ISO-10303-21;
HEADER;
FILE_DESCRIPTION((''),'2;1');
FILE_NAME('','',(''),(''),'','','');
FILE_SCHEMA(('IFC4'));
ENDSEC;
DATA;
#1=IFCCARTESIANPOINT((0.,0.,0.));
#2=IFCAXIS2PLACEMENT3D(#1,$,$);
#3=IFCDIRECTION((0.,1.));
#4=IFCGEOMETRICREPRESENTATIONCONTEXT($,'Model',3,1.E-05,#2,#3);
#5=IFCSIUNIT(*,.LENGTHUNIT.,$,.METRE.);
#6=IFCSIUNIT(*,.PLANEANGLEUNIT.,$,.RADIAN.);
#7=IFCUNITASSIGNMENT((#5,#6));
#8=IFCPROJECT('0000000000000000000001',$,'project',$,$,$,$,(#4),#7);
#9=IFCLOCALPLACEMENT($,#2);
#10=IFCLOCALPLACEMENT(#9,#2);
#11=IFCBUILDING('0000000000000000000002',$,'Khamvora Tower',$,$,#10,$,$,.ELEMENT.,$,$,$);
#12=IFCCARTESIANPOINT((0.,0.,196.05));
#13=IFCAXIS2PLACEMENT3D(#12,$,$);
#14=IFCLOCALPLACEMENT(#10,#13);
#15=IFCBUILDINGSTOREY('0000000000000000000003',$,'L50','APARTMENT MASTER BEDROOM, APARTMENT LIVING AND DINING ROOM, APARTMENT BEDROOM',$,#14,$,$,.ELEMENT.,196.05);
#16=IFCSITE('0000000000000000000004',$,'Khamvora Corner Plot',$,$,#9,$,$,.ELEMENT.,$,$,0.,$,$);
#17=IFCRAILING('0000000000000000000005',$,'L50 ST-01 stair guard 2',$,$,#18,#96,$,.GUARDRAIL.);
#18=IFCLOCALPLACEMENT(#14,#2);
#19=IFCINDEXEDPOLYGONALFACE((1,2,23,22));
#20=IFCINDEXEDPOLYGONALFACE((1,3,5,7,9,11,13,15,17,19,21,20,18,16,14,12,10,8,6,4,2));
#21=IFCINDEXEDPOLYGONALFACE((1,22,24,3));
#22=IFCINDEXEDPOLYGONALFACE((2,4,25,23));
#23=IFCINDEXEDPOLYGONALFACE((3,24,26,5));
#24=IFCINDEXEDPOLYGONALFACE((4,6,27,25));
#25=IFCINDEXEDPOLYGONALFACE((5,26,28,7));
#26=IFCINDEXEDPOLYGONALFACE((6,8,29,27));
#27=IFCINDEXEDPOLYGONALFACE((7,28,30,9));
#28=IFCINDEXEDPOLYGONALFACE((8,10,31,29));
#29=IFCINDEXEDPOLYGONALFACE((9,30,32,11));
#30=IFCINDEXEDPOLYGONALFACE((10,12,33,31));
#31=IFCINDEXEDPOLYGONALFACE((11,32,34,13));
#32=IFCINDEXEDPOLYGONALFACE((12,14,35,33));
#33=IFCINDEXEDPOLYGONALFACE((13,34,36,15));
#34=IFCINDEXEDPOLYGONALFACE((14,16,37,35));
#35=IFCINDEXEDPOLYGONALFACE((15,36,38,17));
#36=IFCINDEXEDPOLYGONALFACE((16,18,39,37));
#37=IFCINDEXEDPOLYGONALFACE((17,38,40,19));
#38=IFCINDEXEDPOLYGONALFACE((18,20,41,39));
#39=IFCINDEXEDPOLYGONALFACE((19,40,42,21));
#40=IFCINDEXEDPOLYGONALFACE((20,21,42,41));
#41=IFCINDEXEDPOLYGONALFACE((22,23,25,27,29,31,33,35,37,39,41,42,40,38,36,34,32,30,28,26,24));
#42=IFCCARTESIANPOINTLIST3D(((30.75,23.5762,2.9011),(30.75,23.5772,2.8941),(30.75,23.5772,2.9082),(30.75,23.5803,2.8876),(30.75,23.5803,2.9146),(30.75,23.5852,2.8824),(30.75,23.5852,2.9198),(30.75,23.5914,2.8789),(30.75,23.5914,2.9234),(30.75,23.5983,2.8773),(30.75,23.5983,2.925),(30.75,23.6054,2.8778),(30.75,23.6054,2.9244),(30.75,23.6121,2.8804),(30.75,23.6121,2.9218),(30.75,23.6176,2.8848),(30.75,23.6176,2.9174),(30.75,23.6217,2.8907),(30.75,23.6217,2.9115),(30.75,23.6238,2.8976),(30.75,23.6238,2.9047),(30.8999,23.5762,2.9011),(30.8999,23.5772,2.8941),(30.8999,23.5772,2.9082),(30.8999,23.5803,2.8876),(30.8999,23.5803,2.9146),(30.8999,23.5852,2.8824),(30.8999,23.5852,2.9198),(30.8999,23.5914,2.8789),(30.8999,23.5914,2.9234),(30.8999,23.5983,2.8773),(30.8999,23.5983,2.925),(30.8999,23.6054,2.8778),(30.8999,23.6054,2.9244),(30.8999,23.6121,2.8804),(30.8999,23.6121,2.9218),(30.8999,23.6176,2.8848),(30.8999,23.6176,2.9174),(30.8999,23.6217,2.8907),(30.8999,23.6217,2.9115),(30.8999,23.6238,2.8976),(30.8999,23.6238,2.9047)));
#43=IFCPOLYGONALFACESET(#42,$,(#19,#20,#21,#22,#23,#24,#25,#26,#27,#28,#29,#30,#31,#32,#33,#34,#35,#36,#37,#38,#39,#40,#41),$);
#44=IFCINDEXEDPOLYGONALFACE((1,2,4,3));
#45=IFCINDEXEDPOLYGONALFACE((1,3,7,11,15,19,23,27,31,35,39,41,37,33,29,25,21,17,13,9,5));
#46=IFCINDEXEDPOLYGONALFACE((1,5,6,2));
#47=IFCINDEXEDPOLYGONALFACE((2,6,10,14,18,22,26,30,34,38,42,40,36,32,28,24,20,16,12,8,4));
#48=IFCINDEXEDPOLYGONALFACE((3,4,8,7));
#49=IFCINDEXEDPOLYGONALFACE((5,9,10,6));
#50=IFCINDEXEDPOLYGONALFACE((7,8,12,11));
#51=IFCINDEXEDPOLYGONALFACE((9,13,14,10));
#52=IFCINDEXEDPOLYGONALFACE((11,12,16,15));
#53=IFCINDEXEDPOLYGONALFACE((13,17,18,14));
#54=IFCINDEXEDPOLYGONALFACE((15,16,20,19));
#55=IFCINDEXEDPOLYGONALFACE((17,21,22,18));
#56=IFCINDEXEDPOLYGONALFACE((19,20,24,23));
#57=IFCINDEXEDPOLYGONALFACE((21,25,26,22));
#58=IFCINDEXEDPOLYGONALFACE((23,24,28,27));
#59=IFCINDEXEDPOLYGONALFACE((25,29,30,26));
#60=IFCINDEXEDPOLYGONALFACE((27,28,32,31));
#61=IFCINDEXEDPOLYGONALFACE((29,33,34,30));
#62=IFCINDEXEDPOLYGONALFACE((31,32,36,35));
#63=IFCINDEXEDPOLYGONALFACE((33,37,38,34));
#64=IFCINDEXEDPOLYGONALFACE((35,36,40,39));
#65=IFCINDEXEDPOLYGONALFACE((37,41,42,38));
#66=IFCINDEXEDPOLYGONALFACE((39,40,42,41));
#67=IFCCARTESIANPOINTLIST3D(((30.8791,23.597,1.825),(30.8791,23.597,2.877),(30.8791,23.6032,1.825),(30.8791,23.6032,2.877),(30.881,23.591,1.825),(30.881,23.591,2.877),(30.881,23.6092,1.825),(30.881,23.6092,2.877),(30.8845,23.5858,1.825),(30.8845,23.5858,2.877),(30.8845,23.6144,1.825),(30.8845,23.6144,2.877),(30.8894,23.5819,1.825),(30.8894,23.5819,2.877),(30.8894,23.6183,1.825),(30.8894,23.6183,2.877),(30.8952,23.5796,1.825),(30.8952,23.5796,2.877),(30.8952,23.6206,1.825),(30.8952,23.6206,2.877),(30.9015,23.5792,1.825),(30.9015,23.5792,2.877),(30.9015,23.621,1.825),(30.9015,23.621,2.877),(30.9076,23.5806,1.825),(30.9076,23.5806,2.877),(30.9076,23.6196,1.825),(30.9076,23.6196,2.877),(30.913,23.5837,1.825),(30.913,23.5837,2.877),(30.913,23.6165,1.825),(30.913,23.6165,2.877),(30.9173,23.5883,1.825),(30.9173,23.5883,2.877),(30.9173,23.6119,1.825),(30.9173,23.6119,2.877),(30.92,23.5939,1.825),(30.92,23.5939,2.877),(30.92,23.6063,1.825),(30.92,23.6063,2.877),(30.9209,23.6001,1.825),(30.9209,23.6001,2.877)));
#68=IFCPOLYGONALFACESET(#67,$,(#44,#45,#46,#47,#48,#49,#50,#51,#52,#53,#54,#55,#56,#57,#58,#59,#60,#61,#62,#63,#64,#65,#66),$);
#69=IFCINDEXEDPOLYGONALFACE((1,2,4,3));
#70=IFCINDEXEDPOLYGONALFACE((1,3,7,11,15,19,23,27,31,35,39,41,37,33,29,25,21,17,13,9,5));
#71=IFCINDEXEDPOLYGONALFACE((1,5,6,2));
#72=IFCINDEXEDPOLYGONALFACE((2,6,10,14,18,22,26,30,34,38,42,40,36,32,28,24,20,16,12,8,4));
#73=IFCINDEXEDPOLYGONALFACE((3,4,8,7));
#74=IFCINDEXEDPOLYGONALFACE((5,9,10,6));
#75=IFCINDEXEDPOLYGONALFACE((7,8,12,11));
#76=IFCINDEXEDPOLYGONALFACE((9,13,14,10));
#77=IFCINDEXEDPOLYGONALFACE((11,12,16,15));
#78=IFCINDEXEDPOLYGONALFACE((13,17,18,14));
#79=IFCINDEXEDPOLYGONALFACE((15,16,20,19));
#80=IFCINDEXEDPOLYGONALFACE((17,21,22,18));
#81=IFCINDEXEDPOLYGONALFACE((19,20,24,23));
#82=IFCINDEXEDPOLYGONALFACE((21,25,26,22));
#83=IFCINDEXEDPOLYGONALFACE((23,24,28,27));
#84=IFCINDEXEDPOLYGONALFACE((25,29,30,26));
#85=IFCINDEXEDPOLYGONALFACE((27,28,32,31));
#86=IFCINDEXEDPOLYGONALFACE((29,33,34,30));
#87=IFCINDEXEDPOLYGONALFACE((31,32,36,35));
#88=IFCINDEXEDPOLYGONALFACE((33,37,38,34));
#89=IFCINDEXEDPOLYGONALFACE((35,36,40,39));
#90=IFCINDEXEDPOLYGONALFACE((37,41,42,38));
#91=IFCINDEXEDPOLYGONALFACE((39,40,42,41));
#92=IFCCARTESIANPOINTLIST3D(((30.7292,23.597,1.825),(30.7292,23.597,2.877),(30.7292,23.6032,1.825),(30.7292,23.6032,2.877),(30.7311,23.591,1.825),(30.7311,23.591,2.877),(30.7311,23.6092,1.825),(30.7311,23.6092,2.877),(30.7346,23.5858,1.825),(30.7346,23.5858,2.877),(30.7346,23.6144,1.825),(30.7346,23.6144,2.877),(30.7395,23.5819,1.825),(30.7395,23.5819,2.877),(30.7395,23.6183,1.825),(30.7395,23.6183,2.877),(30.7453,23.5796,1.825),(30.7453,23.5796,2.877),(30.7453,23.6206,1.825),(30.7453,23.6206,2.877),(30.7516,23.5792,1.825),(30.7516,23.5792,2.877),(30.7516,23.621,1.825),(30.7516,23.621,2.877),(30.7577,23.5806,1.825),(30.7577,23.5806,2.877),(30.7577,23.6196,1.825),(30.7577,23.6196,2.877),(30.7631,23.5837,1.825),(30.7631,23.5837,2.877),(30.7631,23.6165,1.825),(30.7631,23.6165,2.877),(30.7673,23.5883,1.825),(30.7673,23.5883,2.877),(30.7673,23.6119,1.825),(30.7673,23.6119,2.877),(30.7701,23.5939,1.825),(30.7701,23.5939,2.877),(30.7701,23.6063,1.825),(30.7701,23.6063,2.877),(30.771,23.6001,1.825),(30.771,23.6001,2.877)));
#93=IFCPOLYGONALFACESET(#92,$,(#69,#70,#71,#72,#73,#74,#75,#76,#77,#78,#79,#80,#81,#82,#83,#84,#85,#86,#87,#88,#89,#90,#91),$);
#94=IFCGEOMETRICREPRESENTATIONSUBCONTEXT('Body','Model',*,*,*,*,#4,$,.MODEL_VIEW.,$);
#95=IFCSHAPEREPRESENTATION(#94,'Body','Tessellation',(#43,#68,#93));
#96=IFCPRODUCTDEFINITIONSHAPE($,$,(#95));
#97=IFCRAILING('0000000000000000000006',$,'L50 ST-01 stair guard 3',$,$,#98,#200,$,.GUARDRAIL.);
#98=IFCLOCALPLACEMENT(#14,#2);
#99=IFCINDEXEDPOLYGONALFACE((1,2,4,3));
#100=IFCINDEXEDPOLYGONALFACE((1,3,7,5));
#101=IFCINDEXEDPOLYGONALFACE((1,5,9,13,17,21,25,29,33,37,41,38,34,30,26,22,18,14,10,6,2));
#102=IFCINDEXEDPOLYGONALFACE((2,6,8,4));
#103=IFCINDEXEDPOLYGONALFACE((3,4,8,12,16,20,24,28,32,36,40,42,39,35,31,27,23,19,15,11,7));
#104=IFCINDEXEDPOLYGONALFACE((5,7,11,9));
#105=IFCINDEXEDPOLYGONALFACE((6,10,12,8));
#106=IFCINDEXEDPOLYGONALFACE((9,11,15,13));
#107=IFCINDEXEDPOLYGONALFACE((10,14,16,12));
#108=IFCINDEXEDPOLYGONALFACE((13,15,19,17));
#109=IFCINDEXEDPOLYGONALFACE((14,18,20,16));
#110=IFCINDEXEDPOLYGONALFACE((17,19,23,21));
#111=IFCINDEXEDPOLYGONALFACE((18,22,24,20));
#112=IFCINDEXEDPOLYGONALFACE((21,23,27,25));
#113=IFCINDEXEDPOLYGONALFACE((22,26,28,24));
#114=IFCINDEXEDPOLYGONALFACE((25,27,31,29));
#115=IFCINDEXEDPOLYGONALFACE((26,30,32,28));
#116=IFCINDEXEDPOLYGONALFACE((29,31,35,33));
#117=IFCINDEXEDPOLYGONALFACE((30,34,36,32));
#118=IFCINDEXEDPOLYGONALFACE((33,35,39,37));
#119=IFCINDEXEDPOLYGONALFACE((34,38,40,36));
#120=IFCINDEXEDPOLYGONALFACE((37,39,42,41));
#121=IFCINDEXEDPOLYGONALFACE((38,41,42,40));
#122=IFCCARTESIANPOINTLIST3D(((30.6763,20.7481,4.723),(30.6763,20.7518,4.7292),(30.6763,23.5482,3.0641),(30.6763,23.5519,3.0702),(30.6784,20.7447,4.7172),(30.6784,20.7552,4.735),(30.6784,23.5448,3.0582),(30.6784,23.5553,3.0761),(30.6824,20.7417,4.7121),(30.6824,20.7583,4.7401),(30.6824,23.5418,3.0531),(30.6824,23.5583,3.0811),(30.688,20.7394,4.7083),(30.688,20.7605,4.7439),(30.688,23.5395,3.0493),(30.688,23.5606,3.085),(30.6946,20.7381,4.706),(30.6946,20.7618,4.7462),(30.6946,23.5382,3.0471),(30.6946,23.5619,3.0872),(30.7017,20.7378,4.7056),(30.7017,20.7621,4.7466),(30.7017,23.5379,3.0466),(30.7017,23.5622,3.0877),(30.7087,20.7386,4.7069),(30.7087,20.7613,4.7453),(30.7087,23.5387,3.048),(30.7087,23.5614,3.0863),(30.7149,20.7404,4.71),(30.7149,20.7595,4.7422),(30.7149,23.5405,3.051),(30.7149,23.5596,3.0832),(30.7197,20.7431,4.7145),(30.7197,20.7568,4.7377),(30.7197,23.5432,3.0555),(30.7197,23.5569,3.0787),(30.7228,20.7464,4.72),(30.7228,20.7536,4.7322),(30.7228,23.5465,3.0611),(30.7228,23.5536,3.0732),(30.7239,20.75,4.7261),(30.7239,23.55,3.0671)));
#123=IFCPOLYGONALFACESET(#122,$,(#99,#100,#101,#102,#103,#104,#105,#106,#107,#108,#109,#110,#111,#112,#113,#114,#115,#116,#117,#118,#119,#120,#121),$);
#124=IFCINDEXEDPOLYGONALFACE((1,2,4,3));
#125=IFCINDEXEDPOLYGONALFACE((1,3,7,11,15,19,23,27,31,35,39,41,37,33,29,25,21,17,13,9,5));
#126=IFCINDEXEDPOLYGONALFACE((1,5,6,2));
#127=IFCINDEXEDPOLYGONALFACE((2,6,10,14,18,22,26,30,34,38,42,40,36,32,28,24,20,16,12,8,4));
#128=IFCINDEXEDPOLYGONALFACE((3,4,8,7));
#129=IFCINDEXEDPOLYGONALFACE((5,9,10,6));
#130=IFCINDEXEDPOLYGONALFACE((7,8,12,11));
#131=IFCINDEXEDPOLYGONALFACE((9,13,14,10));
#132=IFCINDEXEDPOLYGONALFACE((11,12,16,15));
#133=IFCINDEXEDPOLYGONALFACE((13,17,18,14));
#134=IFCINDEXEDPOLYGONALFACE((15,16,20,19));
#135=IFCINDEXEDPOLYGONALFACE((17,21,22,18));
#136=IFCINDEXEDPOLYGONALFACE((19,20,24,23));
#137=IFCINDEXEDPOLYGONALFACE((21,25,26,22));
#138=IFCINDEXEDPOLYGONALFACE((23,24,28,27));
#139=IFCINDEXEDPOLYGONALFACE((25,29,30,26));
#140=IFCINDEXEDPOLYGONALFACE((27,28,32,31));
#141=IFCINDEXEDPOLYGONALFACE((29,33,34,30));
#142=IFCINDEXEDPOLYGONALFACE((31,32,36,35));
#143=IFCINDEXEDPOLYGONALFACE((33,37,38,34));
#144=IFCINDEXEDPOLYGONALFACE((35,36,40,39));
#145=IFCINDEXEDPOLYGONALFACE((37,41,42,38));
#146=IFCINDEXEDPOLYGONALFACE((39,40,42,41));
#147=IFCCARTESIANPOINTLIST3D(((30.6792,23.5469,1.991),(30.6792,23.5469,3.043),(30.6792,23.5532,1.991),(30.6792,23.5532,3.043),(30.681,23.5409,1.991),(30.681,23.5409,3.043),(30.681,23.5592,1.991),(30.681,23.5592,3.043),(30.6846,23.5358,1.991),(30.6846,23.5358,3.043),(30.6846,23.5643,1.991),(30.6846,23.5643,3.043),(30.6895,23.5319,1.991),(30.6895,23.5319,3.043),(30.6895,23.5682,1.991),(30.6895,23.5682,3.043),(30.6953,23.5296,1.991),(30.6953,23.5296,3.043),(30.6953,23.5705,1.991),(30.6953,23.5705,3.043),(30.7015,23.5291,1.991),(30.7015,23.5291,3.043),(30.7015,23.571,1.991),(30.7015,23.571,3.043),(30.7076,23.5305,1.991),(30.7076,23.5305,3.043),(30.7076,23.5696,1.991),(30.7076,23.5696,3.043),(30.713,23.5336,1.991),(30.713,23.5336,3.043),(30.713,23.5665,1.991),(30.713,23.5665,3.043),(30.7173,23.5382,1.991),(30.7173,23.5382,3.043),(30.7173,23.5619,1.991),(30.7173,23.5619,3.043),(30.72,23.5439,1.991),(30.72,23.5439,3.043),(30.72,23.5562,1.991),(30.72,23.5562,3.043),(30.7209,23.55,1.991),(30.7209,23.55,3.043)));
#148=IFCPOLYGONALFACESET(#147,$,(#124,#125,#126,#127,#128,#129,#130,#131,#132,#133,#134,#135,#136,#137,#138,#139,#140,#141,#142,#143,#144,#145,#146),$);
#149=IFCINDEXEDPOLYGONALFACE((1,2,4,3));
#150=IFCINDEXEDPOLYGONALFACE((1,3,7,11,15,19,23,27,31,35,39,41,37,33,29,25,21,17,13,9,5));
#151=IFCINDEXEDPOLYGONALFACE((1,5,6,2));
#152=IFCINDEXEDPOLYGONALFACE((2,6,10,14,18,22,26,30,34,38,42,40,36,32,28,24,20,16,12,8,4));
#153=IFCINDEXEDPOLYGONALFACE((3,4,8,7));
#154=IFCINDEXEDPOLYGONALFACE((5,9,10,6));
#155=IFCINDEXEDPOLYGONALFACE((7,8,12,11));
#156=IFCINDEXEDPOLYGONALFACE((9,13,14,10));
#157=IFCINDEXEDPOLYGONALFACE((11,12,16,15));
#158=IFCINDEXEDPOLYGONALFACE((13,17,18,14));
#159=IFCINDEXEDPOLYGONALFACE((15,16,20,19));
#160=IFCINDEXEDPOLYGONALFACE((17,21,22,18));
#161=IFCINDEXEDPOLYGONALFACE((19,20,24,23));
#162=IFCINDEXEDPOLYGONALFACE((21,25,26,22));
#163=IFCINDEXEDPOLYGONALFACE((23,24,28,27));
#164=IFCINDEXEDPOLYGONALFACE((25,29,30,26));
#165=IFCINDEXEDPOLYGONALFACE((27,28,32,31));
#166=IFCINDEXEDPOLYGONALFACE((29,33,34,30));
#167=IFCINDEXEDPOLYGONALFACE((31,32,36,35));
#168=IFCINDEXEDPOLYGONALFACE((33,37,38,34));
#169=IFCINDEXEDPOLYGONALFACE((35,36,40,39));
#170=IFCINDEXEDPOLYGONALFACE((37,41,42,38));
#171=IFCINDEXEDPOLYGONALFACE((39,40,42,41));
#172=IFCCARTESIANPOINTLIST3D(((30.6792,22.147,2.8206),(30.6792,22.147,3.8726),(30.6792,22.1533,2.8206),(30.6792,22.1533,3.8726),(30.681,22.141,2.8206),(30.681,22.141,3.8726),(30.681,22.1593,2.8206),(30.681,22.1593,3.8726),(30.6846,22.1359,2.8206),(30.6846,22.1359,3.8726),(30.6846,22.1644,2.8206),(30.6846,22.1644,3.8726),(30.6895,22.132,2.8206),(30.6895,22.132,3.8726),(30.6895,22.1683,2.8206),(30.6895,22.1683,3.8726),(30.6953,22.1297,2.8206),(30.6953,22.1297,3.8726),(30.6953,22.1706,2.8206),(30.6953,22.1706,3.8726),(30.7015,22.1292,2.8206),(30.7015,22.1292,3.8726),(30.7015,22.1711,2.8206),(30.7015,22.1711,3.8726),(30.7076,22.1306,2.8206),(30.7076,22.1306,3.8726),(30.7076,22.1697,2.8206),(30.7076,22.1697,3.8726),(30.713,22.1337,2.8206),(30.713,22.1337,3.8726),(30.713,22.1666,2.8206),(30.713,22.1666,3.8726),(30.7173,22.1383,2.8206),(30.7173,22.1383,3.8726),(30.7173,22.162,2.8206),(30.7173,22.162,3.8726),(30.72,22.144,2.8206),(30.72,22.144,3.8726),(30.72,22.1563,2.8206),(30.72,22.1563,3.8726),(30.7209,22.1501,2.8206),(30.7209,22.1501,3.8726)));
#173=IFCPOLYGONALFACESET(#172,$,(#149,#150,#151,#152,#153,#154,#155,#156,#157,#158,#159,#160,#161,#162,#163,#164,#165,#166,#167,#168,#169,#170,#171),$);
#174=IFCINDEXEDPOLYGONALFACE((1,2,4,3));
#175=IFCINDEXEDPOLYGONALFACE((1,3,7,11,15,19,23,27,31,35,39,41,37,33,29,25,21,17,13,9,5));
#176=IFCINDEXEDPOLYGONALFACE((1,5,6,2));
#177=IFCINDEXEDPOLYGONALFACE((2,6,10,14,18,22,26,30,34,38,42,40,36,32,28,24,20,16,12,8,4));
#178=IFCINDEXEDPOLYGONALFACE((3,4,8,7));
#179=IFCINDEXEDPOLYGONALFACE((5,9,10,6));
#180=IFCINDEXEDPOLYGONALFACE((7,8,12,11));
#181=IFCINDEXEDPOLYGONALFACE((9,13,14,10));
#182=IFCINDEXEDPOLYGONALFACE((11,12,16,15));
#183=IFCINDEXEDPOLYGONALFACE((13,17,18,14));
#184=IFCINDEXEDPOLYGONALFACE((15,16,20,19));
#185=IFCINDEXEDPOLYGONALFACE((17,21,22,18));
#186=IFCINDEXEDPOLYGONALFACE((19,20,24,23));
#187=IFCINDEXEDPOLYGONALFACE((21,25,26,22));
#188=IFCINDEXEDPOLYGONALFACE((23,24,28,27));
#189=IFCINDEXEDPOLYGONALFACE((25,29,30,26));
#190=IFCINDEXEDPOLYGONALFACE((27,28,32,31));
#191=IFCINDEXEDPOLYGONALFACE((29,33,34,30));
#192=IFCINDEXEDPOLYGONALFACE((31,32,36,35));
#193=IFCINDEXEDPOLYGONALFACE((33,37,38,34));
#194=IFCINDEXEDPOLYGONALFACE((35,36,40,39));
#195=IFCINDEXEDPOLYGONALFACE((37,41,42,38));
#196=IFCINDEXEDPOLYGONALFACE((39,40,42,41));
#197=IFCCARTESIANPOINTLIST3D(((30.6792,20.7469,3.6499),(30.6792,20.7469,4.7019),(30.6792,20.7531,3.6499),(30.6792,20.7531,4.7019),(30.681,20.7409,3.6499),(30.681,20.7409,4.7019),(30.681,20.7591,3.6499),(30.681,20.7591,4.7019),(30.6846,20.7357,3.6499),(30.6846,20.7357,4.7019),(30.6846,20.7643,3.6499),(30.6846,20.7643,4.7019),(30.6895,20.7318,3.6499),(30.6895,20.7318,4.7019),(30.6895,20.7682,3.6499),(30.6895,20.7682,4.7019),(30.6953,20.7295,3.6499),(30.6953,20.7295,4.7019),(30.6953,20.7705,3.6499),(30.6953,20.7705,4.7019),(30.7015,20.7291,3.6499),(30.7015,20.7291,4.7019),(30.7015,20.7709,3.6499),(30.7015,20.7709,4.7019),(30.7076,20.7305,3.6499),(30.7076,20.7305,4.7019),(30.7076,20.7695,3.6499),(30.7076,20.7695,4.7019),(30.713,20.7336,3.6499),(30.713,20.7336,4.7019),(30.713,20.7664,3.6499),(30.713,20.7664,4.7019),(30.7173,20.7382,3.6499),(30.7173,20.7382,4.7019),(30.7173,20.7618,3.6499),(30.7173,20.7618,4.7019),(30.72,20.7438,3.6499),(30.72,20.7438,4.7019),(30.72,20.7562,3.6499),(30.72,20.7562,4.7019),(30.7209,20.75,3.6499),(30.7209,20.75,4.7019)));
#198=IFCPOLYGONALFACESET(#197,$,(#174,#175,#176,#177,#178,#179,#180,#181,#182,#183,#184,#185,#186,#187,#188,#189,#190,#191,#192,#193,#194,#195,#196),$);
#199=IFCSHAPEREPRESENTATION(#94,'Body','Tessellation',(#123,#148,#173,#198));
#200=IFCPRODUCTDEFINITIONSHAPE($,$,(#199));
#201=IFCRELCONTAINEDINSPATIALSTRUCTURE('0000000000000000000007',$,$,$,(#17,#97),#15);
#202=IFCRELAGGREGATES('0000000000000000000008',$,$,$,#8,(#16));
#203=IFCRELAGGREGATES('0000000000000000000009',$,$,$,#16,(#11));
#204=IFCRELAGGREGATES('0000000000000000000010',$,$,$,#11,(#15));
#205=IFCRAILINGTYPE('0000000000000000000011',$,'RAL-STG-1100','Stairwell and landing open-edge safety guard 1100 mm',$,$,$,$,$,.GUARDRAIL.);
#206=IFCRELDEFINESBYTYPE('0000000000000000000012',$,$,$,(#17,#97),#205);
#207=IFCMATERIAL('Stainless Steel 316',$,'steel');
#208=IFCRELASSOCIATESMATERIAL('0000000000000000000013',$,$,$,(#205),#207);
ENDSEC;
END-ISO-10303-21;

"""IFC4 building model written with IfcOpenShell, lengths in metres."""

from ifc_helpers import new_model, si_unit, direction, frame, origin, origin_2d, place, context, subcontext, project, spatial, circle, extrude, material, type_object, element, save


model = new_model("IFC4")

# Units and contexts
model_context = context("Model", 3, precision=1e-05, world=origin(), true_north=direction((0.0, 1.0)))
body_context = subcontext(model_context, "Body", "Model", "MODEL_VIEW")
ifc_project = project(units=[si_unit("LENGTHUNIT", "METRE"), si_unit("PLANEANGLEUNIT", "RADIAN")], contexts=[model_context])

# Site, building, storey
site_placement = place(None, origin())
site = spatial("IfcSite", under=ifc_project, at=site_placement, Name="Khamvora Corner Plot", CompositionType="ELEMENT", RefElevation=0.0)
building_placement = place(site_placement, origin())
building = spatial("IfcBuilding", under=site, at=building_placement, Name="Khamvora Tower", CompositionType="ELEMENT")
storey_placement = place(building_placement, frame((0.0, 0.0, 196.05)))
storey = spatial("IfcBuildingStorey", under=building, at=storey_placement, Name="L50", Description="APARTMENT MASTER BEDROOM, APARTMENT LIVING AND DINING ROOM, APARTMENT BEDROOM", CompositionType="ELEMENT", Elevation=196.05)

# Railings
ifc_material_1 = material(Name="Stainless Steel 316", Category="steel")
railing_type_1 = type_object("IfcRailingType", Name="RAL-STG-1100", Description="Stairwell and landing open-edge safety guard 1100 mm", PredefinedType="GUARDRAIL", material=ifc_material_1)
railing_1_placement = place(storey_placement, frame((30.8999, 23.6001, 1.825)))
element("IfcRailing", 1, at=railing_1_placement, inside=storey, type_object=railing_type_1, Name="L50 ST-01 stair guard 2", PredefinedType="GUARDRAIL", context=body_context, shape_type="SweptSolid", body=[
    extrude(circle(Radius=0.0239, at=origin_2d()), frame((0.0, 0.0, 1.0762), z_axis=(-1.0, 0.0, 0.0), x_axis=(0.0, -1.0, 0.0)), (0.0, 0.0, 1.0), 0.1499),
    extrude(circle(Radius=0.021, at=origin_2d()), origin(), (0.0, 0.0, 1.0), 1.052),
    extrude(circle(Radius=0.021, at=origin_2d()), frame((-0.1499, 0.0, 0.0)), (0.0, 0.0, 1.0), 1.052),
])
railing_2_placement = place(storey_placement, frame((30.7, 23.55, 1.991)))
element("IfcRailing", 2, at=railing_2_placement, inside=storey, type_object=railing_type_1, Name="L50 ST-01 stair guard 3", PredefinedType="GUARDRAIL", context=body_context, shape_type="SweptSolid", body=[
    extrude(circle(Radius=0.0239, at=origin_2d()), frame((0.0, 0.0, 1.0762), z_axis=(0.0, -0.860339, 0.509722), x_axis=(1.0, 0.0, 0.0)), (0.0, 0.0, 1.0), 3.2546),
    extrude(circle(Radius=0.021, at=origin_2d()), origin(), (0.0, 0.0, 1.0), 1.052),
    extrude(circle(Radius=0.021, at=origin_2d()), frame((0.0, -1.3999, 0.8296)), (0.0, 0.0, 1.0), 1.052),
    extrude(circle(Radius=0.021, at=origin_2d()), frame((0.0, -2.8, 1.6589)), (0.0, 0.0, 1.0), 1.052),
])

save(model, "model.ifc")
